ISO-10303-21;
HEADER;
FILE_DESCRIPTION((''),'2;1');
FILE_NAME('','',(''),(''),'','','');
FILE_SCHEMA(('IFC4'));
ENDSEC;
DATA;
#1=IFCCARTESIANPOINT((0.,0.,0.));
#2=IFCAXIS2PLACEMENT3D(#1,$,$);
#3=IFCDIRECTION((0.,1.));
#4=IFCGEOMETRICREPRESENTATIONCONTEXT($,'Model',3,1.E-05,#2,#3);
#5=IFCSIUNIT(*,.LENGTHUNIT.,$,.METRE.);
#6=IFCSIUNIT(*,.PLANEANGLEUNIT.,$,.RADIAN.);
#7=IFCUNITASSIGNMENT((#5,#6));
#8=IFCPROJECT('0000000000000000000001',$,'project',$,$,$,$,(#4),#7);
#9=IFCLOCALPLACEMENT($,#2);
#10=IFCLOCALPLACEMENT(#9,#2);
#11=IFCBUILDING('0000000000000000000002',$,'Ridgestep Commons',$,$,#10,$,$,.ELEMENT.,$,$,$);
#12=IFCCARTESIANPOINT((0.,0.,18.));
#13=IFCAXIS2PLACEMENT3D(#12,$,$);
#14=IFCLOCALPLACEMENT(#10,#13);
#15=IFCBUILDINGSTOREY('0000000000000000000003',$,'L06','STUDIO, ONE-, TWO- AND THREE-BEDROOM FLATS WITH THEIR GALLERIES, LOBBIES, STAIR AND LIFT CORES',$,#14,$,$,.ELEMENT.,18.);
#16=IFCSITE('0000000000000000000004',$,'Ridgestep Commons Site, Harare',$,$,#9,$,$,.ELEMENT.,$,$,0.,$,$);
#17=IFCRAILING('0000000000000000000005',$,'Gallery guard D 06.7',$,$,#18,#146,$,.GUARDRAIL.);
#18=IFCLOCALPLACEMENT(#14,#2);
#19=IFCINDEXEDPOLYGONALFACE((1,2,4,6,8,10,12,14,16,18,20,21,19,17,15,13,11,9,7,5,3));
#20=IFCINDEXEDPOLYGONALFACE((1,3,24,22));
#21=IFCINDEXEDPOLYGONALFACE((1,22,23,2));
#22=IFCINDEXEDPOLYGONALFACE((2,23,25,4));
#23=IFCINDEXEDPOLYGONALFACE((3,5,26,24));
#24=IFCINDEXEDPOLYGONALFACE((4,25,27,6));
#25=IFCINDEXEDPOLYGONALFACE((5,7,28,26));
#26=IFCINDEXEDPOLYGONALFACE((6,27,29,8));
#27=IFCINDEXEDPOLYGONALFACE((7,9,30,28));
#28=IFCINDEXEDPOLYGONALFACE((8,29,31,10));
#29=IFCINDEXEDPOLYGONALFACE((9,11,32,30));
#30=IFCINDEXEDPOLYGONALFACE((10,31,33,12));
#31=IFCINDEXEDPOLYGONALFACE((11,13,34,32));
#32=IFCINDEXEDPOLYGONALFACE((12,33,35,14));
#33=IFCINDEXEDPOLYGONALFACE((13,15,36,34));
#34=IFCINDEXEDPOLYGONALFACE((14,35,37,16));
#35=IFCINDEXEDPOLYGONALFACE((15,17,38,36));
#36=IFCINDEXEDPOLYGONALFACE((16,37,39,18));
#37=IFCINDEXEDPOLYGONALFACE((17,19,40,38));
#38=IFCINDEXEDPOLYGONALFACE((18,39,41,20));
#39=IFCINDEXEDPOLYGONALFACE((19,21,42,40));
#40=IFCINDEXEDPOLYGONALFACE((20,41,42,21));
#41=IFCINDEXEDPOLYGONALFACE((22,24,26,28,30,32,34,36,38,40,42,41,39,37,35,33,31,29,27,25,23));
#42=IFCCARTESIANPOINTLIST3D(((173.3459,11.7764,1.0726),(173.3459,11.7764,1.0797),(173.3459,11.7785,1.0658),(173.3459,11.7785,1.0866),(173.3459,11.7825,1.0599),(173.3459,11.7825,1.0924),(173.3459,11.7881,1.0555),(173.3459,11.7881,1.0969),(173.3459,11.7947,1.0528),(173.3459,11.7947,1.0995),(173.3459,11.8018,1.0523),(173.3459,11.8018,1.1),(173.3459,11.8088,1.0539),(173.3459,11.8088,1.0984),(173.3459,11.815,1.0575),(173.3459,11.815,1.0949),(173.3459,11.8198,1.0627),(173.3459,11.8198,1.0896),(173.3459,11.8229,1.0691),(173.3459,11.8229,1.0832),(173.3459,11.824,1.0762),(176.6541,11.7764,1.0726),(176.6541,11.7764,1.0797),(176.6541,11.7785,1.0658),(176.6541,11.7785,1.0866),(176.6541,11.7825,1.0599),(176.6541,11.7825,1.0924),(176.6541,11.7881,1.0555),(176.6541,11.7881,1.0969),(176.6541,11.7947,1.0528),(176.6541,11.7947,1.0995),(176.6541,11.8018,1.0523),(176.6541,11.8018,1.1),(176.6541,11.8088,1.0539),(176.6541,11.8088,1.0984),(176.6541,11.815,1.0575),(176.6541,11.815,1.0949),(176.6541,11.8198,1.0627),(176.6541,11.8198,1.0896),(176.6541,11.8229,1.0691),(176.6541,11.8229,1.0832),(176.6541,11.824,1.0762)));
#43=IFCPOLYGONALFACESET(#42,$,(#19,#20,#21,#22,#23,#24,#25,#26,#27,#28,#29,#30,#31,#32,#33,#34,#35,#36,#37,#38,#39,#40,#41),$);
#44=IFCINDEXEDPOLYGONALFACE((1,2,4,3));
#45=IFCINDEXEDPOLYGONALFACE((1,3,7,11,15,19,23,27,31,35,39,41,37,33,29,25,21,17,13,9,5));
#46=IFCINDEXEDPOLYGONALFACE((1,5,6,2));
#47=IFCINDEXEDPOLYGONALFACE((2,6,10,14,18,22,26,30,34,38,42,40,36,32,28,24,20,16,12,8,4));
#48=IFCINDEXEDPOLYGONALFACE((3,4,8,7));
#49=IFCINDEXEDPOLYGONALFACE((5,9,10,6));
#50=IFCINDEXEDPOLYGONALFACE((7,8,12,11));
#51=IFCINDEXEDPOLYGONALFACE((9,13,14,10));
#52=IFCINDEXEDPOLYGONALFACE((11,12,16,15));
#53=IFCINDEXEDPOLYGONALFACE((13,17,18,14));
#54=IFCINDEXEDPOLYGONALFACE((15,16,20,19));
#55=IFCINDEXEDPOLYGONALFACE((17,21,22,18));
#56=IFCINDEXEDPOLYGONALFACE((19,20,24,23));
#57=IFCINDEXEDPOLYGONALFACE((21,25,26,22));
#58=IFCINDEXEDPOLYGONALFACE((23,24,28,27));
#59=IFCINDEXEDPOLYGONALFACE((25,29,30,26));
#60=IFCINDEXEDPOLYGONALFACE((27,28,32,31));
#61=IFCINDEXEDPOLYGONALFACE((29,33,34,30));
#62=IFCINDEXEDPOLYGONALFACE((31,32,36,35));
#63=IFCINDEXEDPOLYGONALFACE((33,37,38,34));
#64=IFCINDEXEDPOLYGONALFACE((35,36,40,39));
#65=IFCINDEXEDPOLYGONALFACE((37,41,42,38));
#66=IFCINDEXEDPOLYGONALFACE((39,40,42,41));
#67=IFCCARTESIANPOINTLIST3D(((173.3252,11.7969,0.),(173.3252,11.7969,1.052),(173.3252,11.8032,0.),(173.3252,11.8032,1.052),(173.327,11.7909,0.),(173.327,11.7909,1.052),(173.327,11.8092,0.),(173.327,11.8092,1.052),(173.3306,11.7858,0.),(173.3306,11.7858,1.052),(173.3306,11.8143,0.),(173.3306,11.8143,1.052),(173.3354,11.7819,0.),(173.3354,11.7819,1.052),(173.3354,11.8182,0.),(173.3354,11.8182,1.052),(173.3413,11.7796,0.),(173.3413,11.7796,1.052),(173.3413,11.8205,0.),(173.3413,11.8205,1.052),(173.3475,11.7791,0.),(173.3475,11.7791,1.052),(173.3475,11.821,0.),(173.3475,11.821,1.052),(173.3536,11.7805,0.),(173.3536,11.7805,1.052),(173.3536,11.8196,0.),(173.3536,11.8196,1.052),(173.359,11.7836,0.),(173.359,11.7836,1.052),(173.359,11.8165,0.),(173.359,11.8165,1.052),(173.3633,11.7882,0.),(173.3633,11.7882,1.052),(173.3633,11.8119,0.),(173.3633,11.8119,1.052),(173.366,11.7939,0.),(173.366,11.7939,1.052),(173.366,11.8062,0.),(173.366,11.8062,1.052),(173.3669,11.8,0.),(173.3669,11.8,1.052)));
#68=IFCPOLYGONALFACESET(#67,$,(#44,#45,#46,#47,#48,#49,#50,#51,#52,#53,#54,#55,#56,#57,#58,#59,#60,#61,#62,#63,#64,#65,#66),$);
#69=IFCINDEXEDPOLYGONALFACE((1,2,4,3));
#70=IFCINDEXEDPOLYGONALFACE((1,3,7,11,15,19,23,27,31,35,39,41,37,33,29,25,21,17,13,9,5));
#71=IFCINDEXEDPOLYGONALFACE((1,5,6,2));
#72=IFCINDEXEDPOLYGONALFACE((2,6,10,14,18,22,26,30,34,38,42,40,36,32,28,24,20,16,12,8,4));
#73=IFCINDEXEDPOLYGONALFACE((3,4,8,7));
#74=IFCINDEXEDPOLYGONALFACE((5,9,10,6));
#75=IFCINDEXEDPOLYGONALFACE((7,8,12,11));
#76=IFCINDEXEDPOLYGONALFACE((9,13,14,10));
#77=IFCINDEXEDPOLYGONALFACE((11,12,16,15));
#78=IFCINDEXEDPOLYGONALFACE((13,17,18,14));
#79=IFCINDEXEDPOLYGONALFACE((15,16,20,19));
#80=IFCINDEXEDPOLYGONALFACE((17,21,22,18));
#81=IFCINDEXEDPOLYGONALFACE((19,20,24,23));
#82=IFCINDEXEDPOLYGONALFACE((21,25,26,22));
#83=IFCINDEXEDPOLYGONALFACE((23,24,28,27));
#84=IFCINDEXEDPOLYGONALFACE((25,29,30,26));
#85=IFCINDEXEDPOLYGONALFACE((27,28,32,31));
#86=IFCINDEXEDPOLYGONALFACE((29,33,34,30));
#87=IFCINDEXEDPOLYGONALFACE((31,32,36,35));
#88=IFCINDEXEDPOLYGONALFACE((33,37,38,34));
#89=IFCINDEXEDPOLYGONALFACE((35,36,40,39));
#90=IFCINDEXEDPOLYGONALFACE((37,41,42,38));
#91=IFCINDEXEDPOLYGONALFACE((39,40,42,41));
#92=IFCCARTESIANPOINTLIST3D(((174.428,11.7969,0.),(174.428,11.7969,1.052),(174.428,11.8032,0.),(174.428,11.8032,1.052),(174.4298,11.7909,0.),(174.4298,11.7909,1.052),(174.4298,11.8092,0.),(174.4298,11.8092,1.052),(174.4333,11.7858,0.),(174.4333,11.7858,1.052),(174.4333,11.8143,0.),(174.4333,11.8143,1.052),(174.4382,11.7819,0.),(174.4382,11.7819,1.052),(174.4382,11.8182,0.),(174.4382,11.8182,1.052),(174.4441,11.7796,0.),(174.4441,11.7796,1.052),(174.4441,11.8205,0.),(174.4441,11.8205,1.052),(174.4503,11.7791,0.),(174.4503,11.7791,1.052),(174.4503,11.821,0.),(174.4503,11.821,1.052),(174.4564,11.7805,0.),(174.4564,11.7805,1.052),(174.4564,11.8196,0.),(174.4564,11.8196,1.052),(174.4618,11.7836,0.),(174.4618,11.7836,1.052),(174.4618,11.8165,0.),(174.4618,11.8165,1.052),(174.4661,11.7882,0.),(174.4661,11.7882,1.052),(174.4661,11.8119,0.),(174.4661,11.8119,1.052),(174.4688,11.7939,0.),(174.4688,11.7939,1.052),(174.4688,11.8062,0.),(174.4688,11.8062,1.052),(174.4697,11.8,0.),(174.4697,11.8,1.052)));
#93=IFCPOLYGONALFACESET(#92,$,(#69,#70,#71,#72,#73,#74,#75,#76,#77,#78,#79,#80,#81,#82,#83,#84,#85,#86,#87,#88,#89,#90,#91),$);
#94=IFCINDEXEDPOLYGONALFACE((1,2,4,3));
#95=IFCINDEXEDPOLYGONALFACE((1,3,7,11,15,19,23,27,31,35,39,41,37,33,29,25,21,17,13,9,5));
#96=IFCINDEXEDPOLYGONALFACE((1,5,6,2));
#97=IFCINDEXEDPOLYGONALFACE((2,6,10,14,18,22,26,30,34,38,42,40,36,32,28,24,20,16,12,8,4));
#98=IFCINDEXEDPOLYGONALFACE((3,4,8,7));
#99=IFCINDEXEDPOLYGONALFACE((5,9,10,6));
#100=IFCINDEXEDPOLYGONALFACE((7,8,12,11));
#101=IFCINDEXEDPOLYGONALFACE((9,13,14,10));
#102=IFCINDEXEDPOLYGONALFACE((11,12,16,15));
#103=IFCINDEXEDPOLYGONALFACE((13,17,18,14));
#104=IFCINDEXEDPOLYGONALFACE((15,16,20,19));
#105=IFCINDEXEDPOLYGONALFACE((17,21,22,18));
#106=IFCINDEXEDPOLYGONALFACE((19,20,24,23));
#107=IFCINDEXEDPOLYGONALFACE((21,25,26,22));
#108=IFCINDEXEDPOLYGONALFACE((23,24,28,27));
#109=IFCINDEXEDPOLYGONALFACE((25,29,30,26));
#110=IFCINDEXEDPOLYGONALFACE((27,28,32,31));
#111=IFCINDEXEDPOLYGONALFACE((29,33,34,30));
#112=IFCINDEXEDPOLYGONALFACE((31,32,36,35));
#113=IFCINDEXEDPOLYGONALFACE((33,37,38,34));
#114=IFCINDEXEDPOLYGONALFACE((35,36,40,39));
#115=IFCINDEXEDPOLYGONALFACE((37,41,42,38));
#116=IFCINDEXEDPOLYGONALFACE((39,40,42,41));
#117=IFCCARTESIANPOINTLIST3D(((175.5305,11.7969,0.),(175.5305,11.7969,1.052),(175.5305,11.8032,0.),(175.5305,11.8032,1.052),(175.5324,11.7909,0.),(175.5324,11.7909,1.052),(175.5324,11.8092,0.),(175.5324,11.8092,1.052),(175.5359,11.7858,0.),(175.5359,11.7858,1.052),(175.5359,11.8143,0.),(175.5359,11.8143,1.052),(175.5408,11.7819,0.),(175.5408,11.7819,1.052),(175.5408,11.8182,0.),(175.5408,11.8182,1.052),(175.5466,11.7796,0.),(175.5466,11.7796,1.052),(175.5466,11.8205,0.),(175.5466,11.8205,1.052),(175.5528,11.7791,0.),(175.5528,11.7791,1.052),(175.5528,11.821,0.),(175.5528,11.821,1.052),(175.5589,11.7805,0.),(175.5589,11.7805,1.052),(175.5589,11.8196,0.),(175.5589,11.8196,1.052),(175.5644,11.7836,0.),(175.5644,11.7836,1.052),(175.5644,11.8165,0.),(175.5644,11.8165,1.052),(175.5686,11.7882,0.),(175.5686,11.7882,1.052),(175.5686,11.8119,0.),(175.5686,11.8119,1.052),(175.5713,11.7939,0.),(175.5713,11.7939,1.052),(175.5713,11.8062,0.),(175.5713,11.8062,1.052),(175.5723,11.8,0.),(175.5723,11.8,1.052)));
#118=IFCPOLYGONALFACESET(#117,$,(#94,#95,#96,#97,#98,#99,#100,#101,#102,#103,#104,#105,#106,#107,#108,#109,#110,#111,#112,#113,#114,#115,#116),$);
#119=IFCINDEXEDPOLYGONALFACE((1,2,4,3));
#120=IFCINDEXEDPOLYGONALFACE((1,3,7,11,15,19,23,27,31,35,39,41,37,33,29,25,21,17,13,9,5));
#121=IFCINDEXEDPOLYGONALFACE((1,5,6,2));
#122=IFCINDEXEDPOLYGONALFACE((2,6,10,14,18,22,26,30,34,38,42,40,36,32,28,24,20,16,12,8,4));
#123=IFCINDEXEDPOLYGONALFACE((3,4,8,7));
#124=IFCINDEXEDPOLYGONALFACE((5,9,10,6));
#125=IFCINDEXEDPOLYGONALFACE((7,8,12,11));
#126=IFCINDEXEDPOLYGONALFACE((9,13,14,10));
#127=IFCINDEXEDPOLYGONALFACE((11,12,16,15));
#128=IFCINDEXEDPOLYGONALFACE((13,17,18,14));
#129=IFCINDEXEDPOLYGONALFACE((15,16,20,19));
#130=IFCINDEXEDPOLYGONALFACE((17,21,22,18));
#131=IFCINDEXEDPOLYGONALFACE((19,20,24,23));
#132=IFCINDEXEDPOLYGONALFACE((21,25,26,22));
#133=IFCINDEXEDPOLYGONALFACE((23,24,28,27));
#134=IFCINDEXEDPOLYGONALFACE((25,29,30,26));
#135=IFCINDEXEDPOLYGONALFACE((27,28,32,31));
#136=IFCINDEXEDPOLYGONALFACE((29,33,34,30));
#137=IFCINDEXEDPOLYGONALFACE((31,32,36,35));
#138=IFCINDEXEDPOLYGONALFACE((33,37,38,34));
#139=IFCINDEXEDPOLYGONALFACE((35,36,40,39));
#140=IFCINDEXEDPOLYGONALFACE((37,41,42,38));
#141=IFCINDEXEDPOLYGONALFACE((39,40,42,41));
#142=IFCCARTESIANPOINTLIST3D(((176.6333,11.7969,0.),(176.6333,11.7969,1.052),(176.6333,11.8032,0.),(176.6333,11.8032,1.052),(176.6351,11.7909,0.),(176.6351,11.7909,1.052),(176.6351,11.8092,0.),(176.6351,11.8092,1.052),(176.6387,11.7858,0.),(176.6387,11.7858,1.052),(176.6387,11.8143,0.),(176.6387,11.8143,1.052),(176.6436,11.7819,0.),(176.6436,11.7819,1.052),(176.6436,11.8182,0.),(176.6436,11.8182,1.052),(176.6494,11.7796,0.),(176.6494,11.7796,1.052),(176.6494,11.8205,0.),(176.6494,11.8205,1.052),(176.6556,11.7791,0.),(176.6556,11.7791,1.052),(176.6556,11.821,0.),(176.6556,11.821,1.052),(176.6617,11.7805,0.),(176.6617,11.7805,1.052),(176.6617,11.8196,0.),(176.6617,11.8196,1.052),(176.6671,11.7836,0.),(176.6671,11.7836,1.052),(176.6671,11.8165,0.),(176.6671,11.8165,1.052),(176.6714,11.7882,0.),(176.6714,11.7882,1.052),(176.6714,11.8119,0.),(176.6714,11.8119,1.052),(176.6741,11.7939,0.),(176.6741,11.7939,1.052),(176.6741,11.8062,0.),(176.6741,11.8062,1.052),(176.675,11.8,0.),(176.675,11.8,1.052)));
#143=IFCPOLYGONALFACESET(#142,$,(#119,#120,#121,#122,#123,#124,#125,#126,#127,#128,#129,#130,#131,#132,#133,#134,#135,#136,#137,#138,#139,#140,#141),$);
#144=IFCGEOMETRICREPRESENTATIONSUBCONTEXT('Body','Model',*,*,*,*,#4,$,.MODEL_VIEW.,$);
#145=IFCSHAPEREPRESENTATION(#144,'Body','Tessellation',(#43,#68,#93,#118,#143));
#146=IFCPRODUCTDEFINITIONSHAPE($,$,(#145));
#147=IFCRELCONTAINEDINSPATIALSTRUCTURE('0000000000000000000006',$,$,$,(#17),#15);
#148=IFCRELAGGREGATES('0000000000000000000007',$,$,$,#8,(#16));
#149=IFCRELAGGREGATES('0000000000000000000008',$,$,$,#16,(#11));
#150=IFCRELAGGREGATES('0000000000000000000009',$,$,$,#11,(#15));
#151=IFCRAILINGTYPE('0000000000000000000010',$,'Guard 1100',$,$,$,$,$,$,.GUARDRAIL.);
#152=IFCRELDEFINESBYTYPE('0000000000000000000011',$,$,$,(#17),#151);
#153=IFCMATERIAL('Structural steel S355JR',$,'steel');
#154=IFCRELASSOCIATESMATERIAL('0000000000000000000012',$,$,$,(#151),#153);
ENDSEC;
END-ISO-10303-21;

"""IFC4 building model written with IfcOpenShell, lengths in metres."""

from ifc_helpers import new_model, si_unit, direction, frame, origin, origin_2d, place, context, subcontext, project, spatial, circle, extrude, material, type_object, element, save


model = new_model("IFC4")

# Units and contexts
model_context = context("Model", 3, precision=1e-05, world=origin(), true_north=direction((0.0, 1.0)))
body_context = subcontext(model_context, "Body", "Model", "MODEL_VIEW")
ifc_project = project(units=[si_unit("LENGTHUNIT", "METRE"), si_unit("PLANEANGLEUNIT", "RADIAN")], contexts=[model_context])

# Site, building, storey
site_placement = place(None, origin())
site = spatial("IfcSite", under=ifc_project, at=site_placement, Name="Ridgestep Commons Site, Harare", CompositionType="ELEMENT", RefElevation=0.0)
building_placement = place(site_placement, origin())
building = spatial("IfcBuilding", under=site, at=building_placement, Name="Ridgestep Commons", CompositionType="ELEMENT")
storey_placement = place(building_placement, frame((0.0, 0.0, 18.0)))
storey = spatial("IfcBuildingStorey", under=building, at=storey_placement, Name="L06", Description="STUDIO, ONE-, TWO- AND THREE-BEDROOM FLATS WITH THEIR GALLERIES, LOBBIES, STAIR AND LIFT CORES", CompositionType="ELEMENT", Elevation=18.0)

# Railing
ifc_material_1 = material(Name="Structural steel S355JR", Category="steel")
railing_type = type_object("IfcRailingType", Name="Guard 1100", PredefinedType="GUARDRAIL", material=ifc_material_1)
railing_1_placement = place(storey_placement, frame((173.3459, 11.8, 0.0)))
element("IfcRailing", 1, at=railing_1_placement, inside=storey, type_object=railing_type, Name="Gallery guard D 06.7", PredefinedType="GUARDRAIL", context=body_context, shape_type="SweptSolid", body=[
    extrude(circle(Radius=0.0239, at=origin_2d()), frame((0.0, 0.0, 1.0762), z_axis=(1.0, 0.0, 0.0), x_axis=(0.0, 1.0, 0.0)), (0.0, 0.0, 1.0), 3.3081),
    extrude(circle(Radius=0.021, at=origin_2d()), origin(), (0.0, 0.0, 1.0), 1.052),
    extrude(circle(Radius=0.021, at=origin_2d()), frame((1.1028, 0.0, 0.0)), (0.0, 0.0, 1.0), 1.052),
    extrude(circle(Radius=0.021, at=origin_2d()), frame((2.2053, 0.0, 0.0)), (0.0, 0.0, 1.0), 1.052),
    extrude(circle(Radius=0.021, at=origin_2d()), frame((3.3081, 0.0, 0.0)), (0.0, 0.0, 1.0), 1.052),
])

save(model, "model.ifc")
